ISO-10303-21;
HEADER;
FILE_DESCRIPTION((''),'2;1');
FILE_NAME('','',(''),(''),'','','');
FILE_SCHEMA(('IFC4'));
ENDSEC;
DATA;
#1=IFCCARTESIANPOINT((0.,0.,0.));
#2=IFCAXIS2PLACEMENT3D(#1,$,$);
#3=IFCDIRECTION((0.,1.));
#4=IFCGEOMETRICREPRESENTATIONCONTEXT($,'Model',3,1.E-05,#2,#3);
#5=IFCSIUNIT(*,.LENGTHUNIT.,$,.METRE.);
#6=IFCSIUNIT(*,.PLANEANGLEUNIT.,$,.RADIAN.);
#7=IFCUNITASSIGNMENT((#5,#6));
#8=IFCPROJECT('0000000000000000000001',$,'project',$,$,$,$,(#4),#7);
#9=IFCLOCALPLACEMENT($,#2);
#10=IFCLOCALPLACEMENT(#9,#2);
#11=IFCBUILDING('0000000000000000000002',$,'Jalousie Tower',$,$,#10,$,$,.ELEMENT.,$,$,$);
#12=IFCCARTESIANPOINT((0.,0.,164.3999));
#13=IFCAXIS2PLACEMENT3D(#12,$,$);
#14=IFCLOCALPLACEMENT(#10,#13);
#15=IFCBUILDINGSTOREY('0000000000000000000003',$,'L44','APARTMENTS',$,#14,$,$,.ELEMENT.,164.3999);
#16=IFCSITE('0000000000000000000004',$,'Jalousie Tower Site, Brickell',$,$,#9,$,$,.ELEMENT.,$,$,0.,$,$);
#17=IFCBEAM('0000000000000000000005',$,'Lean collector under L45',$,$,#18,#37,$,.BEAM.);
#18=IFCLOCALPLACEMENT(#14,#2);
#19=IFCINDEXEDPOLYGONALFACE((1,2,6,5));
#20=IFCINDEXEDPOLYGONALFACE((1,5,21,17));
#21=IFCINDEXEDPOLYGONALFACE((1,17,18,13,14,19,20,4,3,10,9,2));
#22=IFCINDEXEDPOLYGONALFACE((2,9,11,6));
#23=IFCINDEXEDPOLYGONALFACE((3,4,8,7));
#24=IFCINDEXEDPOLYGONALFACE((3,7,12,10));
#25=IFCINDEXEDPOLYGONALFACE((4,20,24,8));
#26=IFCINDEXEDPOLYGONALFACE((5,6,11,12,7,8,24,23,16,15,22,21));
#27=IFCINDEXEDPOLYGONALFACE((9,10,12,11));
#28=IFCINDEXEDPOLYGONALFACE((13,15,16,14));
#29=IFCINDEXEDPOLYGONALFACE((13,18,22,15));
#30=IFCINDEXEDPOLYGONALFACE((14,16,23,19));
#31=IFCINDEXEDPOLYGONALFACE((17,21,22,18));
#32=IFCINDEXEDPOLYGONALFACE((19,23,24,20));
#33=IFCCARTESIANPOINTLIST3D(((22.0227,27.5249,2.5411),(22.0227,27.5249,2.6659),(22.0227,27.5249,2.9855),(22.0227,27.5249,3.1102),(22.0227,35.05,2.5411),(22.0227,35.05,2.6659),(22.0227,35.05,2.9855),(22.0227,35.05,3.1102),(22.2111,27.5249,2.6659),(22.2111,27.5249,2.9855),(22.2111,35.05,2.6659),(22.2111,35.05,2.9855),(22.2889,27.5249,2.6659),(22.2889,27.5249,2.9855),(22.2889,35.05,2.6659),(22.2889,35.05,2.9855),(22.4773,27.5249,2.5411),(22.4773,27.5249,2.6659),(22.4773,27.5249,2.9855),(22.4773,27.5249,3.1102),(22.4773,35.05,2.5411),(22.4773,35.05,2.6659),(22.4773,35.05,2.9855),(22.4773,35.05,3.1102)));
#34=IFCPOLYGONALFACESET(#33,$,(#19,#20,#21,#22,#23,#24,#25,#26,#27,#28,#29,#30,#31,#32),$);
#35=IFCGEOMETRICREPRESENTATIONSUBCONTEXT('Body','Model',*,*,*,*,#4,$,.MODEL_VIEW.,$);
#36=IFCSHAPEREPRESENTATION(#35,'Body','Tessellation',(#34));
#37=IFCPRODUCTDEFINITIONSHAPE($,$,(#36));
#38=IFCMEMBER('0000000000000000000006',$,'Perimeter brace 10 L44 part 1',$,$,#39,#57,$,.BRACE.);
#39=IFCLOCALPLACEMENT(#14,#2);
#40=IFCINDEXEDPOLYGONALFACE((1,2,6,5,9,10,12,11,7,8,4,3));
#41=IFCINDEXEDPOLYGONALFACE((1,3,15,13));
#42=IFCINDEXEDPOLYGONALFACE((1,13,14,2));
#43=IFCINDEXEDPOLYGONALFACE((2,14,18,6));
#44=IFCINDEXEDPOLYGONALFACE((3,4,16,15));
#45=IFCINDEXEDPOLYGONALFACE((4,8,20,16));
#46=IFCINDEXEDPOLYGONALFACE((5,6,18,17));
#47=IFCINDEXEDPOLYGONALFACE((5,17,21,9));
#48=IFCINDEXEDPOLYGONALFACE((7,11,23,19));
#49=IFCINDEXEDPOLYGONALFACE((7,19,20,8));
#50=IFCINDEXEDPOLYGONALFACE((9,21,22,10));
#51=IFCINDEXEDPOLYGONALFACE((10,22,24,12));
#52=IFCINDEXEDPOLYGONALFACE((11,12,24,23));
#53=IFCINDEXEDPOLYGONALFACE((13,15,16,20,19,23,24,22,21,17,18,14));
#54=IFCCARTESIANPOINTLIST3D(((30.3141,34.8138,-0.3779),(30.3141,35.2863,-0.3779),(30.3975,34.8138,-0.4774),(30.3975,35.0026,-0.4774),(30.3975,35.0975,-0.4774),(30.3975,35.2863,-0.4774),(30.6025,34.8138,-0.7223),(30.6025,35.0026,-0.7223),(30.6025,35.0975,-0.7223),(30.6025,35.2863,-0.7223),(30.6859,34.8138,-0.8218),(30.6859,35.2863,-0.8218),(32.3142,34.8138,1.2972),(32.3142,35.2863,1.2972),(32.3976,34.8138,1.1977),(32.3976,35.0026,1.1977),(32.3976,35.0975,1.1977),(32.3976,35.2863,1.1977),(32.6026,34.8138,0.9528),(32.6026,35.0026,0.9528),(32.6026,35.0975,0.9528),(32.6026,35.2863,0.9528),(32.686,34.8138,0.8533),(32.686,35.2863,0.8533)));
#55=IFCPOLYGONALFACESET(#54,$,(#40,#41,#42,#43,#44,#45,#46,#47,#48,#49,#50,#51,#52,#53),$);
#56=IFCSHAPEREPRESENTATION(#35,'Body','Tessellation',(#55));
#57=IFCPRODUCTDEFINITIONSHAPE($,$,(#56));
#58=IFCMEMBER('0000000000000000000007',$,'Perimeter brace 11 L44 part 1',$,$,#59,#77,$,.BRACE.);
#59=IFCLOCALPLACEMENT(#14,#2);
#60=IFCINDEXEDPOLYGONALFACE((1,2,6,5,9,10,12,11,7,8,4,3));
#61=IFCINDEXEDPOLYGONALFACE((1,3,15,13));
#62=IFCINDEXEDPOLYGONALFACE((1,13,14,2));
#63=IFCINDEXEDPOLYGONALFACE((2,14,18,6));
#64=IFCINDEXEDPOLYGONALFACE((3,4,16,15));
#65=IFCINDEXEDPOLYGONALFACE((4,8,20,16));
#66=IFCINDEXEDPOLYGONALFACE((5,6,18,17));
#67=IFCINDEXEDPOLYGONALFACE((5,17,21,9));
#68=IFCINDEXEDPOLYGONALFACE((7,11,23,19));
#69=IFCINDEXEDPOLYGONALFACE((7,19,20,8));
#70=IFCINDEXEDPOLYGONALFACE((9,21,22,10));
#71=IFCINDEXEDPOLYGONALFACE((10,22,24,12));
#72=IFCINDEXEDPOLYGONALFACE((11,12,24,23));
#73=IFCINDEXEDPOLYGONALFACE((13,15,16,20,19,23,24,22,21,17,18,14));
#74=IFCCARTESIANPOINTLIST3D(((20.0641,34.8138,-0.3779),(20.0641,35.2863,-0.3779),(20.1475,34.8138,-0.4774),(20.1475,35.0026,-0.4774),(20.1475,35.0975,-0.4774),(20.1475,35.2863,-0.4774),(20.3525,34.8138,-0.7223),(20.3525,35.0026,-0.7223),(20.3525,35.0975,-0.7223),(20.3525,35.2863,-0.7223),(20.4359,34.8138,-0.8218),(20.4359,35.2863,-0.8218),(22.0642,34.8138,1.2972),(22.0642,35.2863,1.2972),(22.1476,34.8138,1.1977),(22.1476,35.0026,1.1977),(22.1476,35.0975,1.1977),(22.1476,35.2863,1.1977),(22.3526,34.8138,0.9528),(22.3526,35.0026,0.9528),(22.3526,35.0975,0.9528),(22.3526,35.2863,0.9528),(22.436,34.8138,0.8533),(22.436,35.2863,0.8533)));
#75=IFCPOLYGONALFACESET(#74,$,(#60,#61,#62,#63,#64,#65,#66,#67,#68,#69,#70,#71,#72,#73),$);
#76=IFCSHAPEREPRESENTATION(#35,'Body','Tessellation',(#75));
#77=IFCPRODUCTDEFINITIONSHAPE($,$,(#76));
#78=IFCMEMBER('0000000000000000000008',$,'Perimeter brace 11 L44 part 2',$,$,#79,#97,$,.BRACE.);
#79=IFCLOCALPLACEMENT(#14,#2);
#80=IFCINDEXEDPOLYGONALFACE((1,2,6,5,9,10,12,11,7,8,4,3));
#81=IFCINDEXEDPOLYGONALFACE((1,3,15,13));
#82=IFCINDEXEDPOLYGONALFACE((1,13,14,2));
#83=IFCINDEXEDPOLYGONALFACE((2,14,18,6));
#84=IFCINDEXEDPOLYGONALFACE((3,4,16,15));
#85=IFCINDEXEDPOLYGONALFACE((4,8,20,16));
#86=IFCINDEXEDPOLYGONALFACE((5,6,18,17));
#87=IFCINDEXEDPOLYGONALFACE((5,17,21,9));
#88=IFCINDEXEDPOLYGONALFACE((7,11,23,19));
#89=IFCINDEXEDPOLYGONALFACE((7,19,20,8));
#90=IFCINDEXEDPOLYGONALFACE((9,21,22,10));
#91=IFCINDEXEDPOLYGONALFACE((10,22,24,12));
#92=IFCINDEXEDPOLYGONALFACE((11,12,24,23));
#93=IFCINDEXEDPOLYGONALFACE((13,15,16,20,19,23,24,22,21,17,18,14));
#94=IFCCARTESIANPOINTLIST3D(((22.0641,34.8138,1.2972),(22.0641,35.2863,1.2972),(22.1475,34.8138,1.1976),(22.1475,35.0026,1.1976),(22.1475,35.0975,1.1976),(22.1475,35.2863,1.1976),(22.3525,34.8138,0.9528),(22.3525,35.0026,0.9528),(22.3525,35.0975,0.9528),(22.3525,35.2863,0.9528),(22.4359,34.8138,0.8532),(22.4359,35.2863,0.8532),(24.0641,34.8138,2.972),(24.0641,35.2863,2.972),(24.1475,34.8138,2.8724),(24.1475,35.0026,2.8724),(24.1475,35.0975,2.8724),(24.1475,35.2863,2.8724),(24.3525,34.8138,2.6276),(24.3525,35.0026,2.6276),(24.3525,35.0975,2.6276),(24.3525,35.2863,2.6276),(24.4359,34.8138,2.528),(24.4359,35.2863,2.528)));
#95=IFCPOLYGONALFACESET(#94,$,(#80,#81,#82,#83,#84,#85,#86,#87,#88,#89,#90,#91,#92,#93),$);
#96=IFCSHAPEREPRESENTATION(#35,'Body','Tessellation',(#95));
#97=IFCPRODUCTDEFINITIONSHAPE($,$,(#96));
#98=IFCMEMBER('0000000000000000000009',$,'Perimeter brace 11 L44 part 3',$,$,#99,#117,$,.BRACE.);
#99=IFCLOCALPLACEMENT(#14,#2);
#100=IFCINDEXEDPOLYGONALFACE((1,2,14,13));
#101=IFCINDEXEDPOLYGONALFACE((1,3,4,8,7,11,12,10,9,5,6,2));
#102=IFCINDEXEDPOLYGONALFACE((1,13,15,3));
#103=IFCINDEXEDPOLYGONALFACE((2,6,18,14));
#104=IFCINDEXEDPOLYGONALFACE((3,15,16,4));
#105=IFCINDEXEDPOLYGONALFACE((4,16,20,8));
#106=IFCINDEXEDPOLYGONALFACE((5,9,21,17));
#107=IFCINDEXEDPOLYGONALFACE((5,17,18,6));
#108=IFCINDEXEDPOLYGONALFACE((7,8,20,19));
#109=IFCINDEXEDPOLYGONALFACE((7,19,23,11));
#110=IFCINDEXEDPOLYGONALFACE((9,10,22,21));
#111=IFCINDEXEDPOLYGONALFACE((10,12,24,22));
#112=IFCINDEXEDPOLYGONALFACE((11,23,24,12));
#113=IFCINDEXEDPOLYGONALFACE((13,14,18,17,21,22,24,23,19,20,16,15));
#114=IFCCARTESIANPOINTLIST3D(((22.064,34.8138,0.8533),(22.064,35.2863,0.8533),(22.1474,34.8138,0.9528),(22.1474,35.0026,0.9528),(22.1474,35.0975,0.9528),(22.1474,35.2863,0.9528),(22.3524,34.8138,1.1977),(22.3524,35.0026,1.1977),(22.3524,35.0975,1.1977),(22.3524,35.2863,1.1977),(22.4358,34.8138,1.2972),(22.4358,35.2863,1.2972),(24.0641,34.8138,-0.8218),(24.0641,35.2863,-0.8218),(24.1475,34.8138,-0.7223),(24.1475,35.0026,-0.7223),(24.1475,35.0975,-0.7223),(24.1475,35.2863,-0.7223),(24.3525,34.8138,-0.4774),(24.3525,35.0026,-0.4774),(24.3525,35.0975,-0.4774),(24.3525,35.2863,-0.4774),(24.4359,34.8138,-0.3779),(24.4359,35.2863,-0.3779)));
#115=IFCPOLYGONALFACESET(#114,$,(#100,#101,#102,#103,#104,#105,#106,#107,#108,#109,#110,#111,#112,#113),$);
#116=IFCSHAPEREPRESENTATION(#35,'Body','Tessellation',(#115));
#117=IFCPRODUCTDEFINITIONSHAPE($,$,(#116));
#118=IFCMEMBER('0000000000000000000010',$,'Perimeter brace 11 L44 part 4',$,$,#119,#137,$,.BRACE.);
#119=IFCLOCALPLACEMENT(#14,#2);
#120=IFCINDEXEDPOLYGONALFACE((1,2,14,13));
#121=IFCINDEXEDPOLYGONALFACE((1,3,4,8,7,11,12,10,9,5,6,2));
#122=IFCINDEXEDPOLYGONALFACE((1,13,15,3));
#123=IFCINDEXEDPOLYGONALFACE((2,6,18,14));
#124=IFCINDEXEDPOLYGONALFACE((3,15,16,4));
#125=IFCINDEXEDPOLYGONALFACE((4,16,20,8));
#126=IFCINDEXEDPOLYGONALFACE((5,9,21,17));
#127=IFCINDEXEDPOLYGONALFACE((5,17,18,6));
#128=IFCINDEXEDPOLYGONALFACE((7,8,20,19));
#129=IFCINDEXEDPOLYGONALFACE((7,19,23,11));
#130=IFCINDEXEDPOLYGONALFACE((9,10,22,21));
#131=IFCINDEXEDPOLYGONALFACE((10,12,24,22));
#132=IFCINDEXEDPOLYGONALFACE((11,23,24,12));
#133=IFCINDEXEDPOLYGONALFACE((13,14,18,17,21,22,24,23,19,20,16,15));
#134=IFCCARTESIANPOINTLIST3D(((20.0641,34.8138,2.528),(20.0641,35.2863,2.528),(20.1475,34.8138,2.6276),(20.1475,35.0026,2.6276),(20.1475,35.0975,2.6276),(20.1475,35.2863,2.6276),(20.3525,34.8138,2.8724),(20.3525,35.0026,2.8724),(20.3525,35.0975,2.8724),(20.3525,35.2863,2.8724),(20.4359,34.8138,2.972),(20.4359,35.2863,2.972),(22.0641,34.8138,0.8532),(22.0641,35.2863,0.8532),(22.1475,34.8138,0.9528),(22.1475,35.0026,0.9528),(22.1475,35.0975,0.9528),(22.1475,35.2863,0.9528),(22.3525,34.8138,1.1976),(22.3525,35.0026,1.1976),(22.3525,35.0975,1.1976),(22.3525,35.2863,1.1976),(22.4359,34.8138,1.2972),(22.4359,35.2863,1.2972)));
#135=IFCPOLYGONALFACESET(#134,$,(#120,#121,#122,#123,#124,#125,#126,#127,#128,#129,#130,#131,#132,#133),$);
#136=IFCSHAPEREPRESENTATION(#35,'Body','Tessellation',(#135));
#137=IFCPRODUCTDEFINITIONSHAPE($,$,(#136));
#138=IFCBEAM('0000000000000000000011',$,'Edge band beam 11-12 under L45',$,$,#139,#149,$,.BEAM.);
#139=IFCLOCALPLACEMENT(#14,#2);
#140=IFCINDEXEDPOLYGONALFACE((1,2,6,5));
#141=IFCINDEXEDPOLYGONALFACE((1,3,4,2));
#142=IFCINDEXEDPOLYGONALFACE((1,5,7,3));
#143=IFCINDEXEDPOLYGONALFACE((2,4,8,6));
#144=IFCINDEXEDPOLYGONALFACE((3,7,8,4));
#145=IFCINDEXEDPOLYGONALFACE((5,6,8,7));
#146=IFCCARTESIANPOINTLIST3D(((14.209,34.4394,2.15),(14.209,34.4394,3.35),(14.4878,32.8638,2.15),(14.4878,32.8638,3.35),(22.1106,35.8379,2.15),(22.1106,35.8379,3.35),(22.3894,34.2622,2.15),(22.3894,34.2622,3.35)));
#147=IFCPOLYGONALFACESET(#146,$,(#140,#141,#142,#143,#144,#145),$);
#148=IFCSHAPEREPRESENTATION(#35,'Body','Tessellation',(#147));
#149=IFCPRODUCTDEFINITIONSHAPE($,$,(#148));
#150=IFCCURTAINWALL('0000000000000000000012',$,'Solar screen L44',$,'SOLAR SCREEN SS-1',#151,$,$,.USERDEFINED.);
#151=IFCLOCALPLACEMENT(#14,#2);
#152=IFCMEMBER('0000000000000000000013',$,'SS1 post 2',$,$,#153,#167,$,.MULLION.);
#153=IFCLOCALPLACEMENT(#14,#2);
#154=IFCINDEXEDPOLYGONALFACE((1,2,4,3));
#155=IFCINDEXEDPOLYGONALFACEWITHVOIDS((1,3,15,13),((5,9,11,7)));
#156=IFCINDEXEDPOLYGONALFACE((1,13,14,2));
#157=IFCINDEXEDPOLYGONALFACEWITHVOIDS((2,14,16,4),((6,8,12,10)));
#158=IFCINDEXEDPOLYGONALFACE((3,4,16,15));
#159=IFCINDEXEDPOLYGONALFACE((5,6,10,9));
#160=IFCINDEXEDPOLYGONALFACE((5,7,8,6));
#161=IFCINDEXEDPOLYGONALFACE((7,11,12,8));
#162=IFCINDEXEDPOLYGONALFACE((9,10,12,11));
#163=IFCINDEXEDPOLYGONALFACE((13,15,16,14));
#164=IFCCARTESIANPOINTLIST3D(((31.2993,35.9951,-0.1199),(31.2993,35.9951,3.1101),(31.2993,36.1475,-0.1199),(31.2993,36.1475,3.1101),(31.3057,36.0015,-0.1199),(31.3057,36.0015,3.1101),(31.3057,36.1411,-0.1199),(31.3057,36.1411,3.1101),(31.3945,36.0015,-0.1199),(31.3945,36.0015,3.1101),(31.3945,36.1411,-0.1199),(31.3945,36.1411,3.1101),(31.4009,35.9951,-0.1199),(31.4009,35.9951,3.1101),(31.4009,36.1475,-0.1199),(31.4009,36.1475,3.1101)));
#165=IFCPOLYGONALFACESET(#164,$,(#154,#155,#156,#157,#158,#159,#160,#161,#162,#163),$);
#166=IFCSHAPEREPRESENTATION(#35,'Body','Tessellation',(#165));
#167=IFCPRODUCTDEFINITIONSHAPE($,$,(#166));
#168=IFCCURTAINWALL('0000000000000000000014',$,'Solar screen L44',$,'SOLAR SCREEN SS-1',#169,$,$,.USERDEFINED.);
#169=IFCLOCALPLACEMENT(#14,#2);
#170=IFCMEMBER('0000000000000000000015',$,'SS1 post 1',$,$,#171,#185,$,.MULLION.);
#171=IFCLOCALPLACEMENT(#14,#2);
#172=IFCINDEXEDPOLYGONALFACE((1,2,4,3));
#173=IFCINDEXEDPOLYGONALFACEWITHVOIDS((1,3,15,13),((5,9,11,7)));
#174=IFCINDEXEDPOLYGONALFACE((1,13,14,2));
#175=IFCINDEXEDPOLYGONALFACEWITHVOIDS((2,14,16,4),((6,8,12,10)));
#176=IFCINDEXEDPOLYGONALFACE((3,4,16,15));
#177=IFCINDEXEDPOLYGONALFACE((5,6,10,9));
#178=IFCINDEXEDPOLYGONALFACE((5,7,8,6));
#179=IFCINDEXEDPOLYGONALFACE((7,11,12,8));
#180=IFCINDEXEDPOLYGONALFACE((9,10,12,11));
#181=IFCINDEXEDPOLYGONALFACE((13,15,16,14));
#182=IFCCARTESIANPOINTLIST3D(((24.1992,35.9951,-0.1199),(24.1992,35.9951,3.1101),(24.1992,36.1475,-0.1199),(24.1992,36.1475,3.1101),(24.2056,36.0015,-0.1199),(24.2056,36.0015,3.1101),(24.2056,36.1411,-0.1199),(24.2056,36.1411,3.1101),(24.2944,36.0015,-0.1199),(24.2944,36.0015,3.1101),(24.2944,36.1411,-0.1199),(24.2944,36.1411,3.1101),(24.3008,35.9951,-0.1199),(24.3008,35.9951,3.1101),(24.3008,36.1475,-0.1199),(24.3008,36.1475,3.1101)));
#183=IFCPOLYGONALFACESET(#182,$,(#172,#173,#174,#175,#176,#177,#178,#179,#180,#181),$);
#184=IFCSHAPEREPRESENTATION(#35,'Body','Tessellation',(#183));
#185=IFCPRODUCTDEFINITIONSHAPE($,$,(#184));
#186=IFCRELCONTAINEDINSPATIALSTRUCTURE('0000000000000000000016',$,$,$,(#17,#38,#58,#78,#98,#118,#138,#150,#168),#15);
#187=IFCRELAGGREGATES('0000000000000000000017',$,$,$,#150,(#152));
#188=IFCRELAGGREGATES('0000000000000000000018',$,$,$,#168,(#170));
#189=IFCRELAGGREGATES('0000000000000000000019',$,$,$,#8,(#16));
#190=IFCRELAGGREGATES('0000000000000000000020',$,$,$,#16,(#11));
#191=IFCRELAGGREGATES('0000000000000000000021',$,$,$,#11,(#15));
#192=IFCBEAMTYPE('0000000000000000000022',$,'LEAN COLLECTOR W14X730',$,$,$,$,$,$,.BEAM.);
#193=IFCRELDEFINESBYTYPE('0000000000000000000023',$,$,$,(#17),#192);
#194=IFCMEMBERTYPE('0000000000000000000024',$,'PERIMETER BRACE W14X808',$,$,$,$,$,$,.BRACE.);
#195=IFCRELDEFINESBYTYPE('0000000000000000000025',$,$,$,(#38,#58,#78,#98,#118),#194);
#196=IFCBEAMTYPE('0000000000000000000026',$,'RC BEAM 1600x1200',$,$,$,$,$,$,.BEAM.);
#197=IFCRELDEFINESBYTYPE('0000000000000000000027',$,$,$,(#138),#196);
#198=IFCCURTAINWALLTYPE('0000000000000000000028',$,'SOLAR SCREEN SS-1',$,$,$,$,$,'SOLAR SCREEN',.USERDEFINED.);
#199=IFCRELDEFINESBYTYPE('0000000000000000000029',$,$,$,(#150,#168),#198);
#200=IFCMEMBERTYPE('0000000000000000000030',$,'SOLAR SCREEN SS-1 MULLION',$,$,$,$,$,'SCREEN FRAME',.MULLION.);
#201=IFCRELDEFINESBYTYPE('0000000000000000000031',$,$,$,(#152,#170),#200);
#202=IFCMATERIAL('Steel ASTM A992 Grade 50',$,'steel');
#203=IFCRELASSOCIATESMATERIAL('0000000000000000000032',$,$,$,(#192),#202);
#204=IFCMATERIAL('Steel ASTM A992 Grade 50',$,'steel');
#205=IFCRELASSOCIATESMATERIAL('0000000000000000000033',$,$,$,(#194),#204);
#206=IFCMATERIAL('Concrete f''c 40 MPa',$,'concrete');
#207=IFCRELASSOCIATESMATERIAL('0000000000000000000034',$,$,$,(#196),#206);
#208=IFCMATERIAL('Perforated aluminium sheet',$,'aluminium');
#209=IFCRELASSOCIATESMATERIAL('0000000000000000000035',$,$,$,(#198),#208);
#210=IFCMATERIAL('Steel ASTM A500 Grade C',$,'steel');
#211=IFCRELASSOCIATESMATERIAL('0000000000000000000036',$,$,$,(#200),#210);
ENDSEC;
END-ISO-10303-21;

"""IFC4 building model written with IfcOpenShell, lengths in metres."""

from ifc_helpers import new_model, si_unit, direction, frame, origin, origin_2d, place, context, subcontext, project, spatial, rectangle, hollow_rectangle, i_section, extrude, material, material_profile, profile_set, type_object, element, aggregate, save


model = new_model("IFC4")

# Units and contexts
model_context = context("Model", 3, precision=1e-05, world=origin(), true_north=direction((0.0, 1.0)))
body_context = subcontext(model_context, "Body", "Model", "MODEL_VIEW")
ifc_project = project(units=[si_unit("LENGTHUNIT", "METRE"), si_unit("PLANEANGLEUNIT", "RADIAN")], contexts=[model_context])

# Site, building, storey
site_placement = place(None, origin())
site = spatial("IfcSite", under=ifc_project, at=site_placement, Name="Jalousie Tower Site, Brickell", CompositionType="ELEMENT", RefElevation=0.0)
building_placement = place(site_placement, origin())
building = spatial("IfcBuilding", under=site, at=building_placement, Name="Jalousie Tower", CompositionType="ELEMENT")
storey_placement = place(building_placement, frame((0.0, 0.0, 164.3999)))
storey = spatial("IfcBuildingStorey", under=building, at=storey_placement, Name="L44", Description="APARTMENTS", CompositionType="ELEMENT", Elevation=164.3999)

# Beam
ifc_material_1 = material(Name="Steel ASTM A992 Grade 50", Category="steel")
ifc_material_profile_1 = material_profile(ifc_material_1, i_section(OverallWidth=0.4546, OverallDepth=0.5691, WebThickness=0.0779, FlangeThickness=0.1248, at=origin_2d()), Name="W14X730")
ifc_profile_set_1 = profile_set([ifc_material_profile_1], Name="Steel ASTM A992 Grade 50")
beam_type_1 = type_object("IfcBeamType", Name="LEAN COLLECTOR W14X730", PredefinedType="BEAM", material=ifc_profile_set_1)
beam_1_placement = place(storey_placement, frame((22.25, 35.05, 2.8257), z_axis=(0.0, -1.0, 0.0), x_axis=(1.0, 0.0, 0.0)))
element("IfcBeam", 1, at=beam_1_placement, inside=storey, type_object=beam_type_1, Name="Lean collector under L45", PredefinedType="BEAM", context=body_context, shape_type="SweptSolid", body=[
    extrude(i_section(OverallWidth=0.4546, OverallDepth=0.5691, WebThickness=0.0779, FlangeThickness=0.1248, at=origin_2d()), origin(), (0.0, 0.0, 1.0), 7.5251),
])

# Members
ifc_material_2 = material(Name="Steel ASTM A992 Grade 50", Category="steel")
ifc_material_profile_2 = material_profile(ifc_material_2, i_section(OverallWidth=0.4724, OverallDepth=0.5791, WebThickness=0.095, FlangeThickness=0.1299, at=origin_2d()), Name="W14X808")
ifc_profile_set_2 = profile_set([ifc_material_profile_2], Name="Steel ASTM A992 Grade 50")
member_type_1 = type_object("IfcMemberType", Name="PERIMETER BRACE W14X808", PredefinedType="BRACE", material=ifc_profile_set_2)
for number, where, z_axis, x_axis, name in (
    (2, (30.5, 35.05, -0.5999), (0.766639, 0.0, 0.642079), (0.0, 1.0, 0.0), "Perimeter brace 10 L44 part 1"),
    (3, (20.25, 35.05, -0.5999), (0.766639, 0.0, 0.642079), (0.0, 1.0, 0.0), "Perimeter brace 11 L44 part 1"),
):
    element("IfcMember", number, at=place(storey_placement, frame(where, z_axis=z_axis, x_axis=x_axis)), inside=storey, type_object=member_type_1, Name=name, PredefinedType="BRACE", context=body_context, shape_type="SweptSolid", body=[
        extrude(i_section(OverallWidth=0.4724, OverallDepth=0.5791, WebThickness=0.095, FlangeThickness=0.1299, at=origin_2d()), origin(), (0.0, 0.0, 1.0), 2.6089),
    ])
member_1_placement = place(storey_placement, frame((22.25, 35.05, 1.0752), z_axis=(0.766685, 0.0, 0.642024), x_axis=(0.0, 1.0, 0.0)))
element("IfcMember", 4, at=member_1_placement, inside=storey, type_object=member_type_1, Name="Perimeter brace 11 L44 part 2", PredefinedType="BRACE", context=body_context, shape_type="SweptSolid", body=[
    extrude(i_section(OverallWidth=0.4724, OverallDepth=0.5791, WebThickness=0.095, FlangeThickness=0.1299, at=origin_2d()), origin(), (0.0, 0.0, 1.0), 2.6086),
])
member_2_placement = place(storey_placement, frame((24.25, 35.05, -0.5999), z_axis=(-0.766639, 0.0, 0.642079), x_axis=(0.0, -1.0, 0.0)))
element("IfcMember", 5, at=member_2_placement, inside=storey, type_object=member_type_1, Name="Perimeter brace 11 L44 part 3", PredefinedType="BRACE", context=body_context, shape_type="SweptSolid", body=[
    extrude(i_section(OverallWidth=0.4724, OverallDepth=0.5791, WebThickness=0.095, FlangeThickness=0.1299, at=origin_2d()), origin(), (0.0, 0.0, 1.0), 2.6089),
])
member_3_placement = place(storey_placement, frame((22.25, 35.05, 1.0752), z_axis=(-0.766685, 0.0, 0.642024), x_axis=(0.0, -1.0, 0.0)))
element("IfcMember", 6, at=member_3_placement, inside=storey, type_object=member_type_1, Name="Perimeter brace 11 L44 part 4", PredefinedType="BRACE", context=body_context, shape_type="SweptSolid", body=[
    extrude(i_section(OverallWidth=0.4724, OverallDepth=0.5791, WebThickness=0.095, FlangeThickness=0.1299, at=origin_2d()), origin(), (0.0, 0.0, 1.0), 2.6086),
])

# Beam
ifc_material_3 = material(Name="Concrete f'c 40 MPa", Category="concrete")
ifc_material_profile_3 = material_profile(ifc_material_3, rectangle(XDim=1.6001, YDim=1.2, at=origin_2d()), Name="RC 1600x1200")
ifc_profile_set_3 = profile_set([ifc_material_profile_3], Name="Concrete f'c 40 MPa")
beam_type_2 = type_object("IfcBeamType", Name="RC BEAM 1600x1200", PredefinedType="BEAM", material=ifc_profile_set_3)
beam_2_placement = place(storey_placement, frame((22.25, 35.05, 2.75), z_axis=(-0.984697, -0.174273, 0.0), x_axis=(0.174273, -0.984697, 0.0)))
element("IfcBeam", 7, at=beam_2_placement, inside=storey, type_object=beam_type_2, Name="Edge band beam 11-12 under L45", PredefinedType="BEAM", context=body_context, shape_type="SweptSolid", body=[
    extrude(rectangle(XDim=1.6001, YDim=1.2, at=origin_2d()), origin(), (0.0, 0.0, 1.0), 8.0244),
])

# Curtain wall, member
ifc_material_4 = material(Name="Perforated aluminium sheet", Category="aluminium")
curtain_wall_type = type_object("IfcCurtainWallType", Name="SOLAR SCREEN SS-1", ElementType="SOLAR SCREEN", PredefinedType="USERDEFINED", material=ifc_material_4)
curtain_wall_1_placement = place(storey_placement, origin())
curtain_wall_1 = element("IfcCurtainWall", 8, at=curtain_wall_1_placement, inside=storey, type_object=curtain_wall_type, Name="Solar screen L44", ObjectType="SOLAR SCREEN SS-1", PredefinedType="USERDEFINED")
ifc_material_5 = material(Name="Steel ASTM A500 Grade C", Category="steel")
ifc_material_profile_4 = material_profile(ifc_material_5, hollow_rectangle(XDim=0.1016, YDim=0.1523, WallThickness=0.0063, at=origin_2d()), Name="HSS6X4X1/4")
ifc_profile_set_4 = profile_set([ifc_material_profile_4], Name="Steel ASTM A500 Grade C")
member_type_2 = type_object("IfcMemberType", Name="SOLAR SCREEN SS-1 MULLION", ElementType="SCREEN FRAME", PredefinedType="MULLION", material=ifc_profile_set_4)
member_4_placement = place(storey_placement, frame((31.3501, 36.0713, -0.1199), z_axis=(0.0, 0.0, 1.0), x_axis=(-1.0, 0.0, 0.0)))
member_4 = element("IfcMember", 9, at=member_4_placement, type_object=member_type_2, Name="SS1 post 2", PredefinedType="MULLION", context=body_context, shape_type="SweptSolid", body=[
    extrude(hollow_rectangle(XDim=0.1016, YDim=0.1523, WallThickness=0.0063, at=origin_2d()), origin(), (0.0, 0.0, 1.0), 3.23),
])
aggregate(curtain_wall_1, [member_4])

# Curtain wall, member
curtain_wall_2_placement = place(storey_placement, origin())
curtain_wall_2 = element("IfcCurtainWall", 10, at=curtain_wall_2_placement, inside=storey, type_object=curtain_wall_type, Name="Solar screen L44", ObjectType="SOLAR SCREEN SS-1", PredefinedType="USERDEFINED")
member_5_placement = place(storey_placement, frame((24.25, 36.0713, -0.1199), z_axis=(0.0, 0.0, 1.0), x_axis=(-1.0, 0.0, 0.0)))
member_5 = element("IfcMember", 11, at=member_5_placement, type_object=member_type_2, Name="SS1 post 1", PredefinedType="MULLION", context=body_context, shape_type="SweptSolid", body=[
    extrude(hollow_rectangle(XDim=0.1016, YDim=0.1523, WallThickness=0.0063, at=origin_2d()), origin(), (0.0, 0.0, 1.0), 3.23),
])
aggregate(curtain_wall_2, [member_5])

save(model, "model.ifc")
